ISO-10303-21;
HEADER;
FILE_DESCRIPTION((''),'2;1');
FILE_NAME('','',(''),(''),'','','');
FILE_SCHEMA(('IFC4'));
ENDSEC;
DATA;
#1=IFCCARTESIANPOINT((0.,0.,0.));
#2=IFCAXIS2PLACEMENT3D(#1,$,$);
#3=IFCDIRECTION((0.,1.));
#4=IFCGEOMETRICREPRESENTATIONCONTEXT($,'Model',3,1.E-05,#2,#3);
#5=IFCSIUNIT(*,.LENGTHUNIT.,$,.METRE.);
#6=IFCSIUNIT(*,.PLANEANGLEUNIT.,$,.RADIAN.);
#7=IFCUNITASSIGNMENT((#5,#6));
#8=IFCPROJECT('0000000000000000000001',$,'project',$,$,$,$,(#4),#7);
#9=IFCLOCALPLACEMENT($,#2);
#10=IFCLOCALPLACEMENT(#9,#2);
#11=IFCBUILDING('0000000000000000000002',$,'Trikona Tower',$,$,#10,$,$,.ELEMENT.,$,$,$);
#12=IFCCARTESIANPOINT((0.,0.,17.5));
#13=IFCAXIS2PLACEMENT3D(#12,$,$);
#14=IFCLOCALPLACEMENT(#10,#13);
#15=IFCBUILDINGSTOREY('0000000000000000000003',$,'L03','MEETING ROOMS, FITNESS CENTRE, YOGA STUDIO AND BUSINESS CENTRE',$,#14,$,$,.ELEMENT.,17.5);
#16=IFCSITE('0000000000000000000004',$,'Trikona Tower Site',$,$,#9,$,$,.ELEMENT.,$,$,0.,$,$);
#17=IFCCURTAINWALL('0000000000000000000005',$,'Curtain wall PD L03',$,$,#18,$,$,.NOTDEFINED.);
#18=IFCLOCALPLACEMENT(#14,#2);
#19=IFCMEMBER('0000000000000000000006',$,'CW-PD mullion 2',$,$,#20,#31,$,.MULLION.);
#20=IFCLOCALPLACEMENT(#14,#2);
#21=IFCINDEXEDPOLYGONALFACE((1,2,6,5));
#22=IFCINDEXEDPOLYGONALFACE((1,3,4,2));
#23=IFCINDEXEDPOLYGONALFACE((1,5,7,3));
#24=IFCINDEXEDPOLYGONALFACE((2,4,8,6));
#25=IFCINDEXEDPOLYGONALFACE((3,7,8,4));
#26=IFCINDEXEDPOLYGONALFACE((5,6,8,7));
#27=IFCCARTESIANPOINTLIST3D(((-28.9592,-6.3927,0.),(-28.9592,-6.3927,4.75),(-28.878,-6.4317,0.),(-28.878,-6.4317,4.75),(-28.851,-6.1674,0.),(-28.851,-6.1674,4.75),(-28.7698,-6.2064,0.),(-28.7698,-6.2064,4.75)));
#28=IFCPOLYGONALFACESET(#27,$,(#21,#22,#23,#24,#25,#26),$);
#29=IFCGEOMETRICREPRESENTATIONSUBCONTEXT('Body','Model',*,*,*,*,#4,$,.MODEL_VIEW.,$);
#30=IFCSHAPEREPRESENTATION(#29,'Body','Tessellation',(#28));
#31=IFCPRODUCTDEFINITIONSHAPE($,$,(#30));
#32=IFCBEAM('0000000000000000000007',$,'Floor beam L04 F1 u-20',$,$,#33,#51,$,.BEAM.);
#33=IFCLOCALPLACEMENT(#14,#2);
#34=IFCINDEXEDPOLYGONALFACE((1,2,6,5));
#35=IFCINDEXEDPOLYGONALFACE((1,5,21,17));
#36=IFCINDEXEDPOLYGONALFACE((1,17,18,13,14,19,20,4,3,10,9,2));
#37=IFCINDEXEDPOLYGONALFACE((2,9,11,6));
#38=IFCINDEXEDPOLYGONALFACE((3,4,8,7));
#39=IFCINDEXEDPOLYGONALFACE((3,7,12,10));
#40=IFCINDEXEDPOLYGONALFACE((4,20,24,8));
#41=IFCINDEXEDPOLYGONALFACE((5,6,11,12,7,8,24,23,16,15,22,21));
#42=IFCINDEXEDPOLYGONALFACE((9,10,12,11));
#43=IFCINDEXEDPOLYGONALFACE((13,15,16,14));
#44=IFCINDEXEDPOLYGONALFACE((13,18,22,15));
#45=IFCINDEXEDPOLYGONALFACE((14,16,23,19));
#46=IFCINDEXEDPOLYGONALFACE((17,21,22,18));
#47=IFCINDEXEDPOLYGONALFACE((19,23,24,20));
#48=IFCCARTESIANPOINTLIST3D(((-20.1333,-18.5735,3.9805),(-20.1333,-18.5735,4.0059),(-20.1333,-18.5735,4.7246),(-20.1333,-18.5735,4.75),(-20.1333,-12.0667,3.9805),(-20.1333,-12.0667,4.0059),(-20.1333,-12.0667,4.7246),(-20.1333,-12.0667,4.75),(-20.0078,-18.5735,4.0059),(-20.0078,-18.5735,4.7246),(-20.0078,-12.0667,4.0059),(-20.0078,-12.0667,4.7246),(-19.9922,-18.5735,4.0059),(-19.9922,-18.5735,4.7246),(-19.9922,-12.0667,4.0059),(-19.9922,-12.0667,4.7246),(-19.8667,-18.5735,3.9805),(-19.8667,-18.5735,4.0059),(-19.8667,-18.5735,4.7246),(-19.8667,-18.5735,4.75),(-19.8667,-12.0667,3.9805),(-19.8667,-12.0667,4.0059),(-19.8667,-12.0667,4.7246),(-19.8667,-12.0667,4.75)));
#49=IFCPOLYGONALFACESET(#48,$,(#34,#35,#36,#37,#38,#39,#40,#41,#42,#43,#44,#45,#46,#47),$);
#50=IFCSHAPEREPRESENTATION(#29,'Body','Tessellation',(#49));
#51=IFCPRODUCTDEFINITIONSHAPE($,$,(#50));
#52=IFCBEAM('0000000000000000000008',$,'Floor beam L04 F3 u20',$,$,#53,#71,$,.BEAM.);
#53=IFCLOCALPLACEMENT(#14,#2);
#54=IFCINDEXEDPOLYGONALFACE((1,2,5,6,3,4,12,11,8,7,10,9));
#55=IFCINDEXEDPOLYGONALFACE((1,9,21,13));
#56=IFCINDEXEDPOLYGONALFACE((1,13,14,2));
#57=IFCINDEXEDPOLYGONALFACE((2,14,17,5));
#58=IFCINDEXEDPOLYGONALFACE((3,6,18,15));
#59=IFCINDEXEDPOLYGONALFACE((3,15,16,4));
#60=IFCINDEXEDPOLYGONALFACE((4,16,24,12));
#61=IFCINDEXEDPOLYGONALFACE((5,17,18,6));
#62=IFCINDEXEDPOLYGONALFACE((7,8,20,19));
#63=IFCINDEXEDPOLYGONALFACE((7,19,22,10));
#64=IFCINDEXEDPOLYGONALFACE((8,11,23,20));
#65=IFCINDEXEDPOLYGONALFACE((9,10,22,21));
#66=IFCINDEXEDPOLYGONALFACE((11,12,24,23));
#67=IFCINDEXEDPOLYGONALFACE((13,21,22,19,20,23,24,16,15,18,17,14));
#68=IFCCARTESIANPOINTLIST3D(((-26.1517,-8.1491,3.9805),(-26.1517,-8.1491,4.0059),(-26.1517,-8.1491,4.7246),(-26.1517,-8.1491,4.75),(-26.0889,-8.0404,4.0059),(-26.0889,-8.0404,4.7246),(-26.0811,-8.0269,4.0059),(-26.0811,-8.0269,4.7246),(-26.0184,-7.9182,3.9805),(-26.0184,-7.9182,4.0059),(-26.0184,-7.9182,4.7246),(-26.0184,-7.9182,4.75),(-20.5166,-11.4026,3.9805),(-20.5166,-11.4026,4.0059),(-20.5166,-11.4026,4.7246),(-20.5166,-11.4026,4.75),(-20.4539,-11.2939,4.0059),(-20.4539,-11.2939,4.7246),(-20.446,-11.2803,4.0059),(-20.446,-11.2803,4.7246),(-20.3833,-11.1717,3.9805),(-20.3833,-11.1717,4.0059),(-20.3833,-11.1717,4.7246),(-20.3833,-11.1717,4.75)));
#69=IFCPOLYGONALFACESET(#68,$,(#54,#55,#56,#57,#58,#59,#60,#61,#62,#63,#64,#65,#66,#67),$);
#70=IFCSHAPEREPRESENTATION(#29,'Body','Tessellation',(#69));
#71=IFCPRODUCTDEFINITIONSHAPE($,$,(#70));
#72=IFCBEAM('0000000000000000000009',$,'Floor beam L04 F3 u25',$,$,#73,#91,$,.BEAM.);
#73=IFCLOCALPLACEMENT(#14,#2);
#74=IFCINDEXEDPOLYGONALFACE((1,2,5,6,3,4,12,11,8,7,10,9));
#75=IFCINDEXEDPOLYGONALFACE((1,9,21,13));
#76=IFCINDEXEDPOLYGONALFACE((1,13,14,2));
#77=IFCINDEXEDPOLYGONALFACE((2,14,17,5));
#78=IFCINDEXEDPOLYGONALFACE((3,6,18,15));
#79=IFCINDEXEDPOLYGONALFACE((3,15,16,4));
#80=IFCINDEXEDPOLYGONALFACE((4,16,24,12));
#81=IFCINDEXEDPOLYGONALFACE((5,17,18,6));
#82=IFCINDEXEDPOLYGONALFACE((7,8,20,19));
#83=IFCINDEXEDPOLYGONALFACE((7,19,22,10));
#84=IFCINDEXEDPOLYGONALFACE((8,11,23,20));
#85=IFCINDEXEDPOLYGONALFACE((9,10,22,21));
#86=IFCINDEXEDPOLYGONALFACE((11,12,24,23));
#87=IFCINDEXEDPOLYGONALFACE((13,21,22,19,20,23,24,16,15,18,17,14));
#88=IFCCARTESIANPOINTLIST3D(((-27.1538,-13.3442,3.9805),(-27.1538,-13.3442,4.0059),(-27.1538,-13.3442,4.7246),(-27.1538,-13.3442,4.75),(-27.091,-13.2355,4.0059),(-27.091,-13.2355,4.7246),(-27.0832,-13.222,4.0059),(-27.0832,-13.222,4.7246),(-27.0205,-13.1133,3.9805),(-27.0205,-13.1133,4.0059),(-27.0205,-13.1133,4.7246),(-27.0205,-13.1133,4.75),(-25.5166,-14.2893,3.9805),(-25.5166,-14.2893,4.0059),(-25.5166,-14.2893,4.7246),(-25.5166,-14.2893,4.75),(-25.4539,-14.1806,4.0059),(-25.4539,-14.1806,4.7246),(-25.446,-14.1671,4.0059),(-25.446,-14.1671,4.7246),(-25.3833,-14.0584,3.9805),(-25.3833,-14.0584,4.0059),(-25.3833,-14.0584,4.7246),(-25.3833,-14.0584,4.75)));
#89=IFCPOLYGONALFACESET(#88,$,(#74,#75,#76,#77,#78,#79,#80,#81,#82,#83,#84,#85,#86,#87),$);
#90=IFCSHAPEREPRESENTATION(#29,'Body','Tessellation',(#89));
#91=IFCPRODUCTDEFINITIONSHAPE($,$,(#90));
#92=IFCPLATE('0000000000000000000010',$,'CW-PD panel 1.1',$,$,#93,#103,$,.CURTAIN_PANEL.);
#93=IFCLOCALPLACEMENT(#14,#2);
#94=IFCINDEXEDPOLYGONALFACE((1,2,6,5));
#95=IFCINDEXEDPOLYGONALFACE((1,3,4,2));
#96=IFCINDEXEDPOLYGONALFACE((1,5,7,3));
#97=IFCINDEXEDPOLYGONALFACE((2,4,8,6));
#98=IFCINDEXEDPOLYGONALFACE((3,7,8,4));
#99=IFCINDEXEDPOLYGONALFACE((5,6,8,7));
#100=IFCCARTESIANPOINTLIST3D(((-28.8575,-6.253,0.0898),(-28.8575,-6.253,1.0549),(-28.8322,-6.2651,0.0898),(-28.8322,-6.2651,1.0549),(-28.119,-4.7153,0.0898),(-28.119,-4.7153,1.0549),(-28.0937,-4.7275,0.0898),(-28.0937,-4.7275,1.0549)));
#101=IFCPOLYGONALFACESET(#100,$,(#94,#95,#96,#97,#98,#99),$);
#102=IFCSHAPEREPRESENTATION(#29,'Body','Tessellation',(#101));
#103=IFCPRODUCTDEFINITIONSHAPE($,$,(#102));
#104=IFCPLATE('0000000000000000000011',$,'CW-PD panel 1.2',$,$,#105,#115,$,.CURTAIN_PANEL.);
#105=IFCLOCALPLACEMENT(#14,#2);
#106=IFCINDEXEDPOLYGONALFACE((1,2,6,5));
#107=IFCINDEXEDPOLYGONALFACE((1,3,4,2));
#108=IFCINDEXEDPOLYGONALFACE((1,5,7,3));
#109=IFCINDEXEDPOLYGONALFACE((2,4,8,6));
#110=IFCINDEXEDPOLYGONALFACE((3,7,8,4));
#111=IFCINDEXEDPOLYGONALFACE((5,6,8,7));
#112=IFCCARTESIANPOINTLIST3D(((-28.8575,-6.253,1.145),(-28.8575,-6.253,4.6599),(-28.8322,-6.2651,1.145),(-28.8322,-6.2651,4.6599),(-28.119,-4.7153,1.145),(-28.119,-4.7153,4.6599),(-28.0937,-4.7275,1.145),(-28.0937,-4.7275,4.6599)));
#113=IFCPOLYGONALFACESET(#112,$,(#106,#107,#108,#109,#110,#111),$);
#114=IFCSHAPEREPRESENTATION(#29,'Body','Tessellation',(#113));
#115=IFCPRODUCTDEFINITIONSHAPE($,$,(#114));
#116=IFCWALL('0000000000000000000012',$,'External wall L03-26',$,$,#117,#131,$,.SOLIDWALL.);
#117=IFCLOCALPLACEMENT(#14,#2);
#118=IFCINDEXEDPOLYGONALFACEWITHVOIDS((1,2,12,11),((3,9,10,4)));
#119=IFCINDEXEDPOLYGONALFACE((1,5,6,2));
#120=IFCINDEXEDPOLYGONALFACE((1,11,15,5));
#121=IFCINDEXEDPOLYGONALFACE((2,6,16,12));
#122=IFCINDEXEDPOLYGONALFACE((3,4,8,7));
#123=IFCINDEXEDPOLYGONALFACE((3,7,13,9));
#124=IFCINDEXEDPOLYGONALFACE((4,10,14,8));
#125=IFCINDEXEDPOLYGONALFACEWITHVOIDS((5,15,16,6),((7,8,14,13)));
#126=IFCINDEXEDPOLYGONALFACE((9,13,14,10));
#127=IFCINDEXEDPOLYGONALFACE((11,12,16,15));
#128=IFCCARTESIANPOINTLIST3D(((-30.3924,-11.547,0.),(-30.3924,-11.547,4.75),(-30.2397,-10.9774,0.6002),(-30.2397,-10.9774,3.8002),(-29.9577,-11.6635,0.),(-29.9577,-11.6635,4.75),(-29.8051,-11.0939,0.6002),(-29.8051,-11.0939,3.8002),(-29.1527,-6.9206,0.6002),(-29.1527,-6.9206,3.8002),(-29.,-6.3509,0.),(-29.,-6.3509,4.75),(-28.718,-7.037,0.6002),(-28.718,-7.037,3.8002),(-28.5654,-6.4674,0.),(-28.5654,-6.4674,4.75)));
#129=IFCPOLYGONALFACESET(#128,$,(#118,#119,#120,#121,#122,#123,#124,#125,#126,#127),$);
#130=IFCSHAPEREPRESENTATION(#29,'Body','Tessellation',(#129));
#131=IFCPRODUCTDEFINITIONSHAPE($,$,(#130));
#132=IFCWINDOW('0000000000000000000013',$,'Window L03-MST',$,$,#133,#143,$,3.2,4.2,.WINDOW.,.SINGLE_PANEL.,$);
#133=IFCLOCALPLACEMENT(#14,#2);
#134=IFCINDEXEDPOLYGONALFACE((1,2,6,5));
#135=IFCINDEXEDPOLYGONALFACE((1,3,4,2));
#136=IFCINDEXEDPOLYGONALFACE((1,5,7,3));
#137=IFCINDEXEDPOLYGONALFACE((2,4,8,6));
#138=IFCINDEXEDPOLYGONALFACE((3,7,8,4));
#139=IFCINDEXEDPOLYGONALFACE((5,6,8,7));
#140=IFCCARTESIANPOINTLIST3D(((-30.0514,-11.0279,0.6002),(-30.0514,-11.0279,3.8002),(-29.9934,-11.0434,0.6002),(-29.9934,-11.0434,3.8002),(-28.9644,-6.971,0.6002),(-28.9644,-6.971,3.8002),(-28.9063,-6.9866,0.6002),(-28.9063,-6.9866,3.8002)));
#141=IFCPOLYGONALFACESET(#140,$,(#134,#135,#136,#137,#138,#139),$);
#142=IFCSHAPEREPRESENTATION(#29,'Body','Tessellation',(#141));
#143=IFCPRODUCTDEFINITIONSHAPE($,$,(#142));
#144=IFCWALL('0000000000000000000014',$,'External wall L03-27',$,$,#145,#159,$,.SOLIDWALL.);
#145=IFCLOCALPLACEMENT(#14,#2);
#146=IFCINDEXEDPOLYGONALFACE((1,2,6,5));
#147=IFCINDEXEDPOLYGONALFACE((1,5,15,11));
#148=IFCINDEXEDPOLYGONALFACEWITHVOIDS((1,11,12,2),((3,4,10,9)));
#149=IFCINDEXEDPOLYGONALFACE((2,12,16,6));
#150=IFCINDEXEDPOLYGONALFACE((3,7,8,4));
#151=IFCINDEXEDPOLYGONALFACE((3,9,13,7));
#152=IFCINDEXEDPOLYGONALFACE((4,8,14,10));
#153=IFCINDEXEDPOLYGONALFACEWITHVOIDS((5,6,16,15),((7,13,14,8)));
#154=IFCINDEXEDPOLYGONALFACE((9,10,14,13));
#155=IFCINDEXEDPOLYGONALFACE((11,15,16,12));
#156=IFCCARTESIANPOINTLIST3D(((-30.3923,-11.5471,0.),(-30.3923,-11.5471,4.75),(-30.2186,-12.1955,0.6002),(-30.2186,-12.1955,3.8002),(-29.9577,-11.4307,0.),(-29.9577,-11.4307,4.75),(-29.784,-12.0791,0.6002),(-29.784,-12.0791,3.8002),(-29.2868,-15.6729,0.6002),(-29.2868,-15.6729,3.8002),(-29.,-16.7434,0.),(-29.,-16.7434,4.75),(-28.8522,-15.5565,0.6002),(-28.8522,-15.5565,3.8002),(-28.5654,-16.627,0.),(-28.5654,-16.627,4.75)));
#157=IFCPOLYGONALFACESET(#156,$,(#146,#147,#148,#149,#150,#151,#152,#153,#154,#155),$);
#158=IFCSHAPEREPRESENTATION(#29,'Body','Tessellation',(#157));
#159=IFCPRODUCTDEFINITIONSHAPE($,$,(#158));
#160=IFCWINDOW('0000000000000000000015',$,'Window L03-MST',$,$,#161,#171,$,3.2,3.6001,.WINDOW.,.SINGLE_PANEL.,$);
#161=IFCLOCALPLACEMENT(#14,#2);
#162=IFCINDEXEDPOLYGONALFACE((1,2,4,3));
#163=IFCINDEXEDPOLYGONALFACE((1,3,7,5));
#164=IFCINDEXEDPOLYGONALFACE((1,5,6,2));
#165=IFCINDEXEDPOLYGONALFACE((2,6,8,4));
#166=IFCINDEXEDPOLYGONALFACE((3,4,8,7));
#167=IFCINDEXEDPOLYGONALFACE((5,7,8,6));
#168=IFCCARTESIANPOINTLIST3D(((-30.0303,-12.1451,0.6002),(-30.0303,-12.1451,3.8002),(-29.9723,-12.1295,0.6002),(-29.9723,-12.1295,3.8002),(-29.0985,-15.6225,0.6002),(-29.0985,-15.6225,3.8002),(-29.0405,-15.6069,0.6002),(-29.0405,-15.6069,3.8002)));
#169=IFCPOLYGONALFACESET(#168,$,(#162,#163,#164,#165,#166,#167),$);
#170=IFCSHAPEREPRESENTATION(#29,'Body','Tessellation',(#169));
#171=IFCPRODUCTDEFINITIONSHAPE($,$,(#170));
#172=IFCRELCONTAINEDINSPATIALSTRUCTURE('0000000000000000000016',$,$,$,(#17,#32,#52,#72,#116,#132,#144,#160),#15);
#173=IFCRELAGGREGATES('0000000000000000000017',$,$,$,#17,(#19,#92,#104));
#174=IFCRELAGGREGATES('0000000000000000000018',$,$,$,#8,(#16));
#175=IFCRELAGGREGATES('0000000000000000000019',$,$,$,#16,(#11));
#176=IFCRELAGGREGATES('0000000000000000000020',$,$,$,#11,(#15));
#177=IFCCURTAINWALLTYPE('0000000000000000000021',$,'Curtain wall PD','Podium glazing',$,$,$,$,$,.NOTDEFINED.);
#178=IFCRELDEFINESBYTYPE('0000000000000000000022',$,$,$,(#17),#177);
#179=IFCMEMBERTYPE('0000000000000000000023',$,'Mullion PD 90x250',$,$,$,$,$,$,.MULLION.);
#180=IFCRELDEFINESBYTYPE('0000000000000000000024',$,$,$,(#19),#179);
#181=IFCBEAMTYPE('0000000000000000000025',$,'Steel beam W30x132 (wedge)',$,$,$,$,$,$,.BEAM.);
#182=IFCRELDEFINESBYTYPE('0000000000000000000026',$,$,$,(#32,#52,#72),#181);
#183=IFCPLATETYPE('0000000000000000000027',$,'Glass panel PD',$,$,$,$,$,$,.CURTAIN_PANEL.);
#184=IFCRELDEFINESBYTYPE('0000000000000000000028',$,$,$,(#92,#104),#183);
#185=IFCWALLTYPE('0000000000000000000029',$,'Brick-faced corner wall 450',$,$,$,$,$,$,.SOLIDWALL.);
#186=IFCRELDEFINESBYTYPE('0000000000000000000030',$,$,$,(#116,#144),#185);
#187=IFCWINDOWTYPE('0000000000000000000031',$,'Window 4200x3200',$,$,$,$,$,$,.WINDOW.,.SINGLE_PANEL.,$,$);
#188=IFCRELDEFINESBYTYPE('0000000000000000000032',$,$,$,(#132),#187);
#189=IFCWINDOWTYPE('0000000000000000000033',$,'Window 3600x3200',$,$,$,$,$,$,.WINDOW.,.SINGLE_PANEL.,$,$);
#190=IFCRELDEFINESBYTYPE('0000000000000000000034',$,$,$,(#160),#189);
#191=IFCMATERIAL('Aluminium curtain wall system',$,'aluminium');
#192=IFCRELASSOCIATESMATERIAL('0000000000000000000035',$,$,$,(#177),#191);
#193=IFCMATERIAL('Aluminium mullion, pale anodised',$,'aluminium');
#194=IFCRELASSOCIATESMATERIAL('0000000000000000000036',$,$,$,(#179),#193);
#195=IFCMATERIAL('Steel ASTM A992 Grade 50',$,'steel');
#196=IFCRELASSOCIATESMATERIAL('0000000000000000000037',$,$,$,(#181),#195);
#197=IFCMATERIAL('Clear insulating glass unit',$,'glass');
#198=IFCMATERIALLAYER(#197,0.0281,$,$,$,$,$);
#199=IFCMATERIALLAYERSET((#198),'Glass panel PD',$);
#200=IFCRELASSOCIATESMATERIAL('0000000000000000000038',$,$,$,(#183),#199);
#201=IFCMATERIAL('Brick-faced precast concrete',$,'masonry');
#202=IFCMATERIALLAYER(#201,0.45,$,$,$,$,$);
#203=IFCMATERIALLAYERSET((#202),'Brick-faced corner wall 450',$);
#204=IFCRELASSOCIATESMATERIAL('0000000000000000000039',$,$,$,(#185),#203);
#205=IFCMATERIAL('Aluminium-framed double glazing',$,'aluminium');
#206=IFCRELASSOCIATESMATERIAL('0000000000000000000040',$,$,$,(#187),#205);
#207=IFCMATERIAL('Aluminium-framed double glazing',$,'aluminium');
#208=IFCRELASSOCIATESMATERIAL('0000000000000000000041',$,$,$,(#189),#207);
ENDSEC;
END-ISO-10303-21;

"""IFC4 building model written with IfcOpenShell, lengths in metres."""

from ifc_helpers import new_model, si_unit, direction, frame, frame_2d, origin, origin_2d, place, context, subcontext, project, spatial, rectangle, i_section, extrude, material, layer, layer_set, material_profile, profile_set, type_object, element, fill, aggregate, save


model = new_model("IFC4")

# Units and contexts
model_context = context("Model", 3, precision=1e-05, world=origin(), true_north=direction((0.0, 1.0)))
body_context = subcontext(model_context, "Body", "Model", "MODEL_VIEW")
ifc_project = project(units=[si_unit("LENGTHUNIT", "METRE"), si_unit("PLANEANGLEUNIT", "RADIAN")], contexts=[model_context])

# Site, building, storey
site_placement = place(None, origin())
site = spatial("IfcSite", under=ifc_project, at=site_placement, Name="Trikona Tower Site", CompositionType="ELEMENT", RefElevation=0.0)
building_placement = place(site_placement, origin())
building = spatial("IfcBuilding", under=site, at=building_placement, Name="Trikona Tower", CompositionType="ELEMENT")
storey_placement = place(building_placement, frame((0.0, 0.0, 17.5)))
storey = spatial("IfcBuildingStorey", under=building, at=storey_placement, Name="L03", Description="MEETING ROOMS, FITNESS CENTRE, YOGA STUDIO AND BUSINESS CENTRE", CompositionType="ELEMENT", Elevation=17.5)

# Curtain wall, member
ifc_material_1 = material(Name="Aluminium curtain wall system", Category="aluminium")
curtain_wall_type = type_object("IfcCurtainWallType", Name="Curtain wall PD", Description="Podium glazing", PredefinedType="NOTDEFINED", material=ifc_material_1)
curtain_wall_placement = place(storey_placement, origin())
curtain_wall = element("IfcCurtainWall", 1, at=curtain_wall_placement, inside=storey, type_object=curtain_wall_type, Name="Curtain wall PD L03", PredefinedType="NOTDEFINED")
ifc_material_2 = material(Name="Aluminium mullion, pale anodised", Category="aluminium")
ifc_material_profile_1 = material_profile(ifc_material_2, rectangle(XDim=0.0901, YDim=0.25, at=origin_2d()), Name="MUL-PD")
ifc_profile_set_1 = profile_set([ifc_material_profile_1], Name="Aluminium mullion, pale anodised")
member_type = type_object("IfcMemberType", Name="Mullion PD 90x250", PredefinedType="MULLION", material=ifc_profile_set_1)
member_placement = place(storey_placement, frame((-28.8645, -6.2996, 0.0), z_axis=(0.0, 0.0, 1.0), x_axis=(0.90141, -0.432967, 0.0)))
member = element("IfcMember", 2, at=member_placement, type_object=member_type, Name="CW-PD mullion 2", PredefinedType="MULLION", context=body_context, shape_type="SweptSolid", body=[
    extrude(rectangle(XDim=0.0901, YDim=0.25, at=origin_2d()), origin(), (0.0, 0.0, 1.0), 4.75),
])

# Beams
ifc_material_3 = material(Name="Steel ASTM A992 Grade 50", Category="steel")
ifc_material_profile_2 = material_profile(ifc_material_3, i_section(OverallWidth=0.2666, OverallDepth=0.7695, WebThickness=0.0156, FlangeThickness=0.0254, at=origin_2d()), Name="W30X132")
ifc_profile_set_2 = profile_set([ifc_material_profile_2], Name="Steel ASTM A992 Grade 50")
beam_type = type_object("IfcBeamType", Name="Steel beam W30x132 (wedge)", PredefinedType="BEAM", material=ifc_profile_set_2)
for number, where, z_axis, x_axis, name in (
    (3, (-20.0, -12.0667, 4.3652), (0.0, -1.0, 0.0), (1.0, 0.0, 0.0), "Floor beam L04 F1 u-20"),
    (4, (-20.45, -11.2871, 4.3652), (-0.866023, 0.500005, 0.0), (-0.500005, -0.866023, 0.0), "Floor beam L04 F3 u20"),
):
    element("IfcBeam", number, at=place(storey_placement, frame(where, z_axis=z_axis, x_axis=x_axis)), inside=storey, type_object=beam_type, Name=name, PredefinedType="BEAM", context=body_context, shape_type="SweptSolid", body=[
        extrude(i_section(OverallWidth=0.2666, OverallDepth=0.7695, WebThickness=0.0156, FlangeThickness=0.0254, at=origin_2d()), origin(), (0.0, 0.0, 1.0), 6.5068),
    ])
beam_placement = place(storey_placement, frame((-25.45, -14.1738, 4.3652), z_axis=(-0.866065, 0.499931, 0.0), x_axis=(-0.499931, -0.866065, 0.0)))
element("IfcBeam", 5, at=beam_placement, inside=storey, type_object=beam_type, Name="Floor beam L04 F3 u25", PredefinedType="BEAM", context=body_context, shape_type="SweptSolid", body=[
    extrude(i_section(OverallWidth=0.2666, OverallDepth=0.7695, WebThickness=0.0156, FlangeThickness=0.0254, at=origin_2d()), origin(), (0.0, 0.0, 1.0), 1.8904),
])

# Plates
ifc_material_4 = material(Name="Clear insulating glass unit", Category="glass")
ifc_layer_1 = layer(ifc_material_4, 0.0281)
ifc_layer_set_1 = layer_set([ifc_layer_1], Name="Glass panel PD")
plate_type = type_object("IfcPlateType", Name="Glass panel PD", PredefinedType="CURTAIN_PANEL", material=ifc_layer_set_1)
plate_1_placement = place(storey_placement, frame((-28.4756, -5.4902, 0.0898), z_axis=(0.0, 0.0, 1.0), x_axis=(-0.432967, -0.90141, 0.0)))
plate_1 = element("IfcPlate", 6, at=plate_1_placement, type_object=plate_type, Name="CW-PD panel 1.1", PredefinedType="CURTAIN_PANEL", context=body_context, shape_type="SweptSolid", body=[
    extrude(rectangle(XDim=1.7058, YDim=0.0281, at=origin_2d()), origin(), (0.0, 0.0, 1.0), 0.9651),
])
plate_2_placement = place(storey_placement, frame((-28.4756, -5.4902, 1.145), z_axis=(0.0, 0.0, 1.0), x_axis=(-0.432967, -0.90141, 0.0)))
plate_2 = element("IfcPlate", 7, at=plate_2_placement, type_object=plate_type, Name="CW-PD panel 1.2", PredefinedType="CURTAIN_PANEL", context=body_context, shape_type="SweptSolid", body=[
    extrude(rectangle(XDim=1.7058, YDim=0.0281, at=origin_2d()), origin(), (0.0, 0.0, 1.0), 3.5149),
])
aggregate(curtain_wall, [member, plate_1, plate_2])

# Walls, openings, windows
ifc_material_5 = material(Name="Brick-faced precast concrete", Category="masonry")
ifc_layer_2 = layer(ifc_material_5, 0.45)
ifc_layer_set_2 = layer_set([ifc_layer_2], Name="Brick-faced corner wall 450")
wall_type_1 = type_object("IfcWallType", Name="Brick-faced corner wall 450", PredefinedType="SOLIDWALL", material=ifc_layer_set_2)
wall_1_placement = place(storey_placement, frame((-28.7827, -6.4092, 0.0), z_axis=(0.0, 0.0, 1.0), x_axis=(-0.258829, -0.965923, 0.0)))
wall_1 = element("IfcWall", 8, at=wall_1_placement, inside=storey, type_object=wall_type_1, Name="External wall L03-26", PredefinedType="SOLIDWALL", context=body_context, shape_type="SweptSolid", body=[
    extrude(rectangle(XDim=5.3794, YDim=0.45, at=frame_2d((2.6897, 0.0))), origin(), (0.0, 0.0, 1.0), 4.75),
])
opening_1_placement = place(wall_1_placement, frame((0.5896, 0.0, 0.6001)))
opening_1 = element("IfcOpeningElement", 9, at=opening_1_placement, cuts=wall_1, PredefinedType="OPENING", context=body_context, shape_type="SweptSolid", body=[
    extrude(rectangle(XDim=4.2, YDim=3.2, at=frame_2d((2.1001, 1.6001))), frame((0.0, 0.2349, 0.0), z_axis=(0.0, -1.0, 0.0), x_axis=(1.0, 0.0, 0.0)), (0.0, 0.0, 1.0), 0.47),
])
ifc_material_6 = material(Name="Aluminium-framed double glazing", Category="aluminium")
window_type_1 = type_object("IfcWindowType", Name="Window 4200x3200", PartitioningType="SINGLE_PANEL", PredefinedType="WINDOW", material=ifc_material_6)
window_1_placement = place(opening_1_placement, origin())
window_1 = element("IfcWindow", 10, at=window_1_placement, inside=storey, type_object=window_type_1, Name="Window L03-MST", OverallHeight=3.2, OverallWidth=4.2, PartitioningType="SINGLE_PANEL", PredefinedType="WINDOW", context=body_context, shape_type="SweptSolid", body=[
    extrude(rectangle(XDim=4.2, YDim=3.2, at=frame_2d((2.1001, 1.6001))), frame((0.0, 0.03, 0.0), z_axis=(0.0, -1.0, 0.0), x_axis=(1.0, 0.0, 0.0)), (0.0, 0.0, 1.0), 0.0601),
])
fill(opening_1, window_1)
wall_2_placement = place(storey_placement, frame((-30.175, -11.4888, 0.0), z_axis=(0.0, 0.0, 1.0), x_axis=(0.258818, -0.965926, 0.0)))
wall_2 = element("IfcWall", 11, at=wall_2_placement, inside=storey, type_object=wall_type_1, Name="External wall L03-27", PredefinedType="SOLIDWALL", context=body_context, shape_type="SweptSolid", body=[
    extrude(rectangle(XDim=5.3796, YDim=0.45, at=frame_2d((2.6899, 0.0))), origin(), (0.0, 0.0, 1.0), 4.75),
])
opening_2_placement = place(wall_2_placement, frame((0.6714, 0.0, 0.6001)))
opening_2 = element("IfcOpeningElement", 12, at=opening_2_placement, cuts=wall_2, PredefinedType="OPENING", context=body_context, shape_type="SweptSolid", body=[
    extrude(rectangle(XDim=3.6001, YDim=3.2, at=frame_2d((1.8, 1.6001))), frame((0.0, 0.2349, 0.0), z_axis=(0.0, -1.0, 0.0), x_axis=(1.0, 0.0, 0.0)), (0.0, 0.0, 1.0), 0.47),
])
ifc_material_7 = material(Name="Aluminium-framed double glazing", Category="aluminium")
window_type_2 = type_object("IfcWindowType", Name="Window 3600x3200", PartitioningType="SINGLE_PANEL", PredefinedType="WINDOW", material=ifc_material_7)
window_2_placement = place(opening_2_placement, origin())
window_2 = element("IfcWindow", 13, at=window_2_placement, inside=storey, type_object=window_type_2, Name="Window L03-MST", OverallHeight=3.2, OverallWidth=3.6001, PartitioningType="SINGLE_PANEL", PredefinedType="WINDOW", context=body_context, shape_type="SweptSolid", body=[
    extrude(rectangle(XDim=3.6001, YDim=3.2, at=frame_2d((1.8, 1.6001))), frame((0.0, 0.03, 0.0), z_axis=(0.0, -1.0, 0.0), x_axis=(1.0, 0.0, 0.0)), (0.0, 0.0, 1.0), 0.0601),
])
fill(opening_2, window_2)

save(model, "model.ifc")
